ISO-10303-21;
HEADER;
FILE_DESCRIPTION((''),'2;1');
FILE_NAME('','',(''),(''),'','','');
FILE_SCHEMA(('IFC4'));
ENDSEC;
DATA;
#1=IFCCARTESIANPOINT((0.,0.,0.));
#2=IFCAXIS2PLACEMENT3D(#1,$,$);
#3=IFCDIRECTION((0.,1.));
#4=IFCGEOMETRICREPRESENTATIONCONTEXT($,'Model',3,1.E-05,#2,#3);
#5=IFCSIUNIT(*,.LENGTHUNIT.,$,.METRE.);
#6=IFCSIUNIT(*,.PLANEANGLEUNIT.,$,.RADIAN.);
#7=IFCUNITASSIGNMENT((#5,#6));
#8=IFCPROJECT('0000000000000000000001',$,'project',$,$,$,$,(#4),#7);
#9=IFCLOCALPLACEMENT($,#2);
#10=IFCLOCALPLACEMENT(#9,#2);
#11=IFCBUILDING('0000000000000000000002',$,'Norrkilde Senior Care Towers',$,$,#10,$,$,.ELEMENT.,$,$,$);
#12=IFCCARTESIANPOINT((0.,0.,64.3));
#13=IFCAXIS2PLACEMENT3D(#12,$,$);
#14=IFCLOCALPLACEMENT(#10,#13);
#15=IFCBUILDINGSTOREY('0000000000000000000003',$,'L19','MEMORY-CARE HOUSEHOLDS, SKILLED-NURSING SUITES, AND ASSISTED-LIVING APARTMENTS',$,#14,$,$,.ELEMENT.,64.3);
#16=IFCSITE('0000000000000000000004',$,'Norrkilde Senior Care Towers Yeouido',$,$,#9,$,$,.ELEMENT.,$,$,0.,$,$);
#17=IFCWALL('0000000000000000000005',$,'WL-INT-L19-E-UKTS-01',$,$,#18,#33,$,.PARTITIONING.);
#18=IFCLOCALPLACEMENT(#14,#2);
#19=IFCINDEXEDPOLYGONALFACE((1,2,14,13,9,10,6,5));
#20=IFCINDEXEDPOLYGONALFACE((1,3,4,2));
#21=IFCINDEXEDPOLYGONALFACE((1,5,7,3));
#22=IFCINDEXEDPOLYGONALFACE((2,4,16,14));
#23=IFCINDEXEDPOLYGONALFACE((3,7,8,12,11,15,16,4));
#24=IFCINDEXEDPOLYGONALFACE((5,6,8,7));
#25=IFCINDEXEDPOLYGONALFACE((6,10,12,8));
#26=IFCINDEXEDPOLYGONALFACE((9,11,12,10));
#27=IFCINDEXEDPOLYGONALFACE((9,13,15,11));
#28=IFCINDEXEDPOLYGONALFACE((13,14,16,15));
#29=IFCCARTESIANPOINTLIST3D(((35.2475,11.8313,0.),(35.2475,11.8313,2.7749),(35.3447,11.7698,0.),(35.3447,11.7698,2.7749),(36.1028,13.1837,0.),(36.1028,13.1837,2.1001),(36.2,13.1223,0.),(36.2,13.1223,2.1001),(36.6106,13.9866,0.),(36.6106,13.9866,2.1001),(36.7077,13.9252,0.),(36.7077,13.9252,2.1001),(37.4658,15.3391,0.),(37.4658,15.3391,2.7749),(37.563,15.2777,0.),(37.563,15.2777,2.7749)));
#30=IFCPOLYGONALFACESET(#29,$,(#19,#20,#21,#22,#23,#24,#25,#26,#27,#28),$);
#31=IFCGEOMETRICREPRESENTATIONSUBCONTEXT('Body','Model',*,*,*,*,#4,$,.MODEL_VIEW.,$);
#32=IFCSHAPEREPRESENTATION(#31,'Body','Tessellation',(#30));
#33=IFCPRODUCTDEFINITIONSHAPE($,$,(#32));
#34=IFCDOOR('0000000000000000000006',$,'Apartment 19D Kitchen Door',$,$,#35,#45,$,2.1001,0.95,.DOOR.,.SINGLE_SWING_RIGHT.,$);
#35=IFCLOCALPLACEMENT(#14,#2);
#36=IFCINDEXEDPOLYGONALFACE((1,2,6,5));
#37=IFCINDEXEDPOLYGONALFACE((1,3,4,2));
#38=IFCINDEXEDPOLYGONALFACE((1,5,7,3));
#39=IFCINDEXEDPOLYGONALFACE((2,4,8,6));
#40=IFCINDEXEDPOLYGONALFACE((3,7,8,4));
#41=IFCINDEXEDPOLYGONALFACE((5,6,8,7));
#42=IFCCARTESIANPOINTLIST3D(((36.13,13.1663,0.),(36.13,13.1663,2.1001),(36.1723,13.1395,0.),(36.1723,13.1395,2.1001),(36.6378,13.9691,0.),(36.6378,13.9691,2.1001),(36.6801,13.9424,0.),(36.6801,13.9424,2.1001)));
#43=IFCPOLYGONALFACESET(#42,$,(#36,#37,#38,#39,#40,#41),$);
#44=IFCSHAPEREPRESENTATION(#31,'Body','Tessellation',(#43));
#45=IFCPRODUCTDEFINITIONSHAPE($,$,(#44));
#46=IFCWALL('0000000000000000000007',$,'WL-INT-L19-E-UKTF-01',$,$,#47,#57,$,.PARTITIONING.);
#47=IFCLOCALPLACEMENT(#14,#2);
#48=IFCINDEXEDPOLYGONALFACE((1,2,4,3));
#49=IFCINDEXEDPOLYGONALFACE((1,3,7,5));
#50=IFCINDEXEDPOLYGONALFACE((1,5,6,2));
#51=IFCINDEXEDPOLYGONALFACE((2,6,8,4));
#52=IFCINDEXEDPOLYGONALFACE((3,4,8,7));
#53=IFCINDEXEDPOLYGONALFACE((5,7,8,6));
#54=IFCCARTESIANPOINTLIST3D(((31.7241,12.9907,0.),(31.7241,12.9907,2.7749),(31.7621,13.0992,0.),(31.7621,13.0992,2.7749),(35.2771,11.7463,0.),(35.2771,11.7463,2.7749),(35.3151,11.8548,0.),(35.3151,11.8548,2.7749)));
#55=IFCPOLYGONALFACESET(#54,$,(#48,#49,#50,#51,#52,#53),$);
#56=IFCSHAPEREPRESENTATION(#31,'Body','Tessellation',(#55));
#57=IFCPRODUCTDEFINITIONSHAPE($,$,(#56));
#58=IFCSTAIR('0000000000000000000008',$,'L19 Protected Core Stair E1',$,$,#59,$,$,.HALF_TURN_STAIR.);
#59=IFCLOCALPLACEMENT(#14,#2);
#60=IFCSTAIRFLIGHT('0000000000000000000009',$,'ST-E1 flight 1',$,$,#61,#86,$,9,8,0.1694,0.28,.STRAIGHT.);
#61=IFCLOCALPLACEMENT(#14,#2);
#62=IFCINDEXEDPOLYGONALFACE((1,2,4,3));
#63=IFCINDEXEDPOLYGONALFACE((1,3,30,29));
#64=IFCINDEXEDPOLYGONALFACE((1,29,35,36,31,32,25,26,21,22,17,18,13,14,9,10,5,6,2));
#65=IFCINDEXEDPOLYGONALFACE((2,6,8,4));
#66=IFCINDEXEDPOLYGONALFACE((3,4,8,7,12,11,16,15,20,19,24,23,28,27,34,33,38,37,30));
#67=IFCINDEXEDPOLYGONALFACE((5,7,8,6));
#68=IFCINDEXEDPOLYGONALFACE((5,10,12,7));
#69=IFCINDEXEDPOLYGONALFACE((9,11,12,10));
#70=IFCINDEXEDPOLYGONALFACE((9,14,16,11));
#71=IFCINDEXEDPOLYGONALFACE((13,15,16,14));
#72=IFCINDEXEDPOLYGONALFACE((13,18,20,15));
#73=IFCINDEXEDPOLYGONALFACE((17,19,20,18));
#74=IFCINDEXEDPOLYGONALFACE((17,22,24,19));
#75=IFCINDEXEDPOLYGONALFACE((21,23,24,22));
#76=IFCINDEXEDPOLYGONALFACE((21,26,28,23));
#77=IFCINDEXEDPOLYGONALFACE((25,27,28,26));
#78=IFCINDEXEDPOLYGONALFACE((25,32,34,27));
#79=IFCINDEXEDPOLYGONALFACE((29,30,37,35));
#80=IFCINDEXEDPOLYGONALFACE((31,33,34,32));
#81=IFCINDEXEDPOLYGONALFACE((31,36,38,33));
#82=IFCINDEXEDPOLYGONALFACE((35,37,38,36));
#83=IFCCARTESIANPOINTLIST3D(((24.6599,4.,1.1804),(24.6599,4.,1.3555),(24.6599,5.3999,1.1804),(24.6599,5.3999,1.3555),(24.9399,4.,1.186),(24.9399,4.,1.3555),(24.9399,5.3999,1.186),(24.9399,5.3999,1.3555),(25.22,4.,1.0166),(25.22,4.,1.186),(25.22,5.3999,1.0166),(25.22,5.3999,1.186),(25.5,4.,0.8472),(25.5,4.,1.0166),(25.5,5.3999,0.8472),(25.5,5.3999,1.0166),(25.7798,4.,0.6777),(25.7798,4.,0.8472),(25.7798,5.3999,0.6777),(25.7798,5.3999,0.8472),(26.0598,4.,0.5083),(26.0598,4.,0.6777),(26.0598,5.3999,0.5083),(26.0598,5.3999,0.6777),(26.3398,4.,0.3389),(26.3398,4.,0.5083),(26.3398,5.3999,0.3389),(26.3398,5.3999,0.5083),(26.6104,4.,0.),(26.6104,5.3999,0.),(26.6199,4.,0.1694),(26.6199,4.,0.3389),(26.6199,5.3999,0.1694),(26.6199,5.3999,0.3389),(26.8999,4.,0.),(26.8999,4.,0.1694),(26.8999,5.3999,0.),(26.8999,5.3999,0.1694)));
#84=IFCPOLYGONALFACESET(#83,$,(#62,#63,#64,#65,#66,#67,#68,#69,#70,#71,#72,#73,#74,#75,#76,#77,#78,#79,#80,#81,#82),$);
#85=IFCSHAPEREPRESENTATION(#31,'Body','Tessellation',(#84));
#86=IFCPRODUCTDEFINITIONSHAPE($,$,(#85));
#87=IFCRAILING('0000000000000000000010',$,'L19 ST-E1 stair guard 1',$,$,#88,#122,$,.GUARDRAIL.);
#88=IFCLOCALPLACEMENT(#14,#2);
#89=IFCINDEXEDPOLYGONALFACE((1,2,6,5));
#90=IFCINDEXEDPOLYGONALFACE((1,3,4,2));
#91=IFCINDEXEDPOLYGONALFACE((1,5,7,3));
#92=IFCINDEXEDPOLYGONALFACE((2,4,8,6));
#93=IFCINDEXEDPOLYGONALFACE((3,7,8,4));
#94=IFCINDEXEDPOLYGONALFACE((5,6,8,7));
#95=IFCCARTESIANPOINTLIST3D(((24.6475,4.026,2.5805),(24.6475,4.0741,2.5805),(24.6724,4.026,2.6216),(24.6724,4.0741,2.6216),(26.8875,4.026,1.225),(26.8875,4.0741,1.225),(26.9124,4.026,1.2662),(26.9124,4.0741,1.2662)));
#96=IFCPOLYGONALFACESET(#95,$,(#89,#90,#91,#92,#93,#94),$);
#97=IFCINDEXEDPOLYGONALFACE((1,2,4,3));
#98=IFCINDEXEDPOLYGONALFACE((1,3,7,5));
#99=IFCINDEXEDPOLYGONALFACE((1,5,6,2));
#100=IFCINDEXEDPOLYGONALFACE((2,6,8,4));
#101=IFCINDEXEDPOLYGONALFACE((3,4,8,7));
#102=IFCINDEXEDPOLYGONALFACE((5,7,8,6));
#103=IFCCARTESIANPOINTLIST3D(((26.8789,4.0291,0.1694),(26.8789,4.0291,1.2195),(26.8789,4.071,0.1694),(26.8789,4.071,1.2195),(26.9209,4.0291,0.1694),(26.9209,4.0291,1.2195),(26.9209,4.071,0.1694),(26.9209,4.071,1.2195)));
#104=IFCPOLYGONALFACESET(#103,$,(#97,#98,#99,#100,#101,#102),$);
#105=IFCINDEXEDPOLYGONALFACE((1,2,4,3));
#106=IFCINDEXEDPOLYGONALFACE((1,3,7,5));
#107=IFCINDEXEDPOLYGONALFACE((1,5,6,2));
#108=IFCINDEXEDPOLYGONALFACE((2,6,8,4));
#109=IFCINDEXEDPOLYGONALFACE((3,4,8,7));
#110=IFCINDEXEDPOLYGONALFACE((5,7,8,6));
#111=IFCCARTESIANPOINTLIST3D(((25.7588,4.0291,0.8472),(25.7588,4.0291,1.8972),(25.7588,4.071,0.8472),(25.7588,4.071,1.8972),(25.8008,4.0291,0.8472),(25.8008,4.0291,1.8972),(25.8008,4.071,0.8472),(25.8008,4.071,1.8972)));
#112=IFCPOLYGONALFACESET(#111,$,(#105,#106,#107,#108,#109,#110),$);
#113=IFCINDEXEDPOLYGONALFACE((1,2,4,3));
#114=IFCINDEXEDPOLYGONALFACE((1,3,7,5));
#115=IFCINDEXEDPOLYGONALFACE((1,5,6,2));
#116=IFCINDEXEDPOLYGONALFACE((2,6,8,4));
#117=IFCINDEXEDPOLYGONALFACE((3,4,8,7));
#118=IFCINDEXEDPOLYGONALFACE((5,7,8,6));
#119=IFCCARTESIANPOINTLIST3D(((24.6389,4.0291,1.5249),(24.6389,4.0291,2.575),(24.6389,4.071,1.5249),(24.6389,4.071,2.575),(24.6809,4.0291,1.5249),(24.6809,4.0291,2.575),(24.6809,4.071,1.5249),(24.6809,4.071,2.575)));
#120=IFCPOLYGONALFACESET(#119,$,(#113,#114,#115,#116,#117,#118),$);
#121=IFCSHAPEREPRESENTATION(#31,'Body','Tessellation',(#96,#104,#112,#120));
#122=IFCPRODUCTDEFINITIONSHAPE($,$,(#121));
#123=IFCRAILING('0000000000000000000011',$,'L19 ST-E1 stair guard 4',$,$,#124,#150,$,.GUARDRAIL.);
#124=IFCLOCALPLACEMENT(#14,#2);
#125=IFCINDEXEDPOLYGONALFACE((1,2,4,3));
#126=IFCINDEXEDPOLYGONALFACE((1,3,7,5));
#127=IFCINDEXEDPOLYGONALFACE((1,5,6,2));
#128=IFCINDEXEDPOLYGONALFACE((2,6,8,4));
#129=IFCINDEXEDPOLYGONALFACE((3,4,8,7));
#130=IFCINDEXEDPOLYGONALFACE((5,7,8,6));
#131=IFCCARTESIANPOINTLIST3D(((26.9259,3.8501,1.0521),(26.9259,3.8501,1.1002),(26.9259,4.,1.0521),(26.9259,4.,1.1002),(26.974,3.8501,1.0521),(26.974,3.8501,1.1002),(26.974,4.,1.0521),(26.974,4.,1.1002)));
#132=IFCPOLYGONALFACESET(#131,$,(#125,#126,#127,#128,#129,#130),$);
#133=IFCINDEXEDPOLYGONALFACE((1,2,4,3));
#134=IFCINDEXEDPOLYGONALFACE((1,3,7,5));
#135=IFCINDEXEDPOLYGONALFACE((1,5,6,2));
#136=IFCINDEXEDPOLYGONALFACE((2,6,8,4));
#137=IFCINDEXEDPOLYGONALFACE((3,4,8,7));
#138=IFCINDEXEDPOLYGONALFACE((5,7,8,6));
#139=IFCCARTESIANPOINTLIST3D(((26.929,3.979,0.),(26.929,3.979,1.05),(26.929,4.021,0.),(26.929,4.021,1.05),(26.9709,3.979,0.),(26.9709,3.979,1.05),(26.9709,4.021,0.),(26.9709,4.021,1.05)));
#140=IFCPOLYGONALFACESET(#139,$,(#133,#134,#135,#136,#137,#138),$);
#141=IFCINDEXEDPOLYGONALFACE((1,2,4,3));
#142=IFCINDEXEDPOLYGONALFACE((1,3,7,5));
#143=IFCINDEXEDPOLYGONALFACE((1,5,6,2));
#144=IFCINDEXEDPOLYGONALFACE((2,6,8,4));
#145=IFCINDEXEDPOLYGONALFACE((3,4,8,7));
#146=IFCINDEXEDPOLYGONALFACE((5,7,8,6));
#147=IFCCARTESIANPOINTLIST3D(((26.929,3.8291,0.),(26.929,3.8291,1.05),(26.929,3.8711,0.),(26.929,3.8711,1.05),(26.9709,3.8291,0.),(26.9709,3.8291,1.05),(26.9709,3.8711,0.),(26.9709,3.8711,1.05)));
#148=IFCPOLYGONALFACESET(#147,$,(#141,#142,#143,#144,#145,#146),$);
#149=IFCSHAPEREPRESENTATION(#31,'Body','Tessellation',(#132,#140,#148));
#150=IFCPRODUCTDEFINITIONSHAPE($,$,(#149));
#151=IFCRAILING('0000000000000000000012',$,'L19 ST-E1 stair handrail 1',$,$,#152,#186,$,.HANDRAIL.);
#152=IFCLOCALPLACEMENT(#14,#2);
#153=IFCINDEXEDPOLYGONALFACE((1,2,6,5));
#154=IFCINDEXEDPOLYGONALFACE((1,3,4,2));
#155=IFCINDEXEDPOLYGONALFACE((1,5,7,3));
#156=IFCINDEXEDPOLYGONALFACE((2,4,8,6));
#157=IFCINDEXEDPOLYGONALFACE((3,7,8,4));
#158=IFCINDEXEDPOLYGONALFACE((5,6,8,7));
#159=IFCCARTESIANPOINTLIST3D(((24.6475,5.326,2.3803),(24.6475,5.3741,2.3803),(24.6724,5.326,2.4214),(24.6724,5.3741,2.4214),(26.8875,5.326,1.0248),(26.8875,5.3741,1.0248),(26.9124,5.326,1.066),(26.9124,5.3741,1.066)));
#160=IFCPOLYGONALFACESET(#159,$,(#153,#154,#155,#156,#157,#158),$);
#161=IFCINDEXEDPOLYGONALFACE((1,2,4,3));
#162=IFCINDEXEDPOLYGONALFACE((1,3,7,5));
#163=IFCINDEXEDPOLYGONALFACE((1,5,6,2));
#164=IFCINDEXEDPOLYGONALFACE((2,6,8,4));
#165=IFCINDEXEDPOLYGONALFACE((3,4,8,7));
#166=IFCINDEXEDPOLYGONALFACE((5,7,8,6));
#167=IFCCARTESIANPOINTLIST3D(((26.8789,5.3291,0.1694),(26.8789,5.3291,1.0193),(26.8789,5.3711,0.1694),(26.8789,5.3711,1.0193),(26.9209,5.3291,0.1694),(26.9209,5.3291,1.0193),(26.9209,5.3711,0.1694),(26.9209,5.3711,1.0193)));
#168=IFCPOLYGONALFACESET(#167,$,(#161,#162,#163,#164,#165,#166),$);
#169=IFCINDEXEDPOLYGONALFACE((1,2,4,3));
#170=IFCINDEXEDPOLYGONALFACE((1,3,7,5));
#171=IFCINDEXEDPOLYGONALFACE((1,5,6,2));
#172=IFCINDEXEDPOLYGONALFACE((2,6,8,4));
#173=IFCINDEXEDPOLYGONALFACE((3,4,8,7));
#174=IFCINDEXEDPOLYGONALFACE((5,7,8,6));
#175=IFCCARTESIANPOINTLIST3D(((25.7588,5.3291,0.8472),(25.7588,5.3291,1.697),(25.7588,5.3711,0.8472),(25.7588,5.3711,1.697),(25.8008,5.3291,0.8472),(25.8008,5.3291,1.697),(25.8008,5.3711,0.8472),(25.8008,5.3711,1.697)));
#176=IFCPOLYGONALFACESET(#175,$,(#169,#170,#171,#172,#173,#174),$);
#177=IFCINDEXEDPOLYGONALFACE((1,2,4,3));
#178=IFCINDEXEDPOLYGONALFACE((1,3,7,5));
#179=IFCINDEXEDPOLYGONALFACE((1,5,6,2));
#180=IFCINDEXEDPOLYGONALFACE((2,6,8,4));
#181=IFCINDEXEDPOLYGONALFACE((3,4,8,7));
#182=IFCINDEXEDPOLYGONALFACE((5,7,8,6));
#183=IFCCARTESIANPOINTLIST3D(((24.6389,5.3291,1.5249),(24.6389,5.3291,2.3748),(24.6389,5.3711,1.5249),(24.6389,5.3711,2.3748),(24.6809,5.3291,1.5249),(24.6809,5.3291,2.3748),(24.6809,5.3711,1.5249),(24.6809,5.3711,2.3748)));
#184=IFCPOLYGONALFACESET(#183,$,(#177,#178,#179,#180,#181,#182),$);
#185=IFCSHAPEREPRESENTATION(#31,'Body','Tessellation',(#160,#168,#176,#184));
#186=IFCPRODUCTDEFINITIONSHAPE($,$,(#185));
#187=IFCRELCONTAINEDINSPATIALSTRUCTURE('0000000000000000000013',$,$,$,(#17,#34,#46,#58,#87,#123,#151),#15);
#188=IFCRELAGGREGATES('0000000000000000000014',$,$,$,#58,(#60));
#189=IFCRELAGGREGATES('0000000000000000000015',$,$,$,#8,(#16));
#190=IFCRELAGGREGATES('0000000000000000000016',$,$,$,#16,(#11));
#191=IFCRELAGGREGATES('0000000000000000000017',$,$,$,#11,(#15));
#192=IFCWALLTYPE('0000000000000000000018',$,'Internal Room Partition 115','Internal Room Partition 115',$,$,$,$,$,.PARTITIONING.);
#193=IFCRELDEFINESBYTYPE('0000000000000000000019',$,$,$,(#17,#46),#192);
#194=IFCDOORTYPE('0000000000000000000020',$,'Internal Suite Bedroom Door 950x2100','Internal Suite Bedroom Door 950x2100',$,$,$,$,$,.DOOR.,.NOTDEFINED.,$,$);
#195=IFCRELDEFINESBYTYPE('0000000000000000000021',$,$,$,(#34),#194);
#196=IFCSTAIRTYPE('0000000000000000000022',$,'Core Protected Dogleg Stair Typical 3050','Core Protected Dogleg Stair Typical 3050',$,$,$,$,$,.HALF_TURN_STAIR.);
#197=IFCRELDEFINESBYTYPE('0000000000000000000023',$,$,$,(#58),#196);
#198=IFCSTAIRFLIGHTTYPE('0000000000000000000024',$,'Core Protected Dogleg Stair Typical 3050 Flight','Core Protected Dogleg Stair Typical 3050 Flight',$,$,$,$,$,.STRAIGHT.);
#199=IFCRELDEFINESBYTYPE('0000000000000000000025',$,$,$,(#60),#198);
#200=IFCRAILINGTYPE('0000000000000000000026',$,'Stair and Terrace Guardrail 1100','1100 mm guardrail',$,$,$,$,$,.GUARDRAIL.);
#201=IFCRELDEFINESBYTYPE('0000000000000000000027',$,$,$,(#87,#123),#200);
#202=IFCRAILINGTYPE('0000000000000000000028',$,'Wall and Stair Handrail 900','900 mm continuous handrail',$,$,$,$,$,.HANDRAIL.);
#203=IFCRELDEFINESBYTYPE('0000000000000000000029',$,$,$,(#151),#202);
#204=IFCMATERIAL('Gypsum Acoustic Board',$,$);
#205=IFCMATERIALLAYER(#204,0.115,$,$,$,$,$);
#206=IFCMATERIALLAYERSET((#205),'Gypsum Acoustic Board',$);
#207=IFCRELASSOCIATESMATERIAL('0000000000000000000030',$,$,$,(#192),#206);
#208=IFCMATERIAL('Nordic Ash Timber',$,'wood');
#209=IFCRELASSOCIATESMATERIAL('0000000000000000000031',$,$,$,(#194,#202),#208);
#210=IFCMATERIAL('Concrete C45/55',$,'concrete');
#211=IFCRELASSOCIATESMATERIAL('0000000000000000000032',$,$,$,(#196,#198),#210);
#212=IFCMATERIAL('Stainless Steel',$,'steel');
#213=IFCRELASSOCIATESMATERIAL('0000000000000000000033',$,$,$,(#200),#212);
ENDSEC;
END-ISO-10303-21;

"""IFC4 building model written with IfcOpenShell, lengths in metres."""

from ifc_helpers import new_model, si_unit, direction, frame, frame_2d, origin, origin_2d, place, context, subcontext, project, spatial, polyline, rectangle, outline, extrude, source, transform, mapped, material, layer, layer_set, type_object, type_shapes, element, fill, aggregate, save


model = new_model("IFC4")

# Units and contexts
model_context = context("Model", 3, precision=1e-05, world=origin(), true_north=direction((0.0, 1.0)))
body_context = subcontext(model_context, "Body", "Model", "MODEL_VIEW")
ifc_project = project(units=[si_unit("LENGTHUNIT", "METRE"), si_unit("PLANEANGLEUNIT", "RADIAN")], contexts=[model_context])

# Site, building, storey
site_placement = place(None, origin())
site = spatial("IfcSite", under=ifc_project, at=site_placement, Name="Norrkilde Senior Care Towers Yeouido", CompositionType="ELEMENT", RefElevation=0.0)
building_placement = place(site_placement, origin())
building = spatial("IfcBuilding", under=site, at=building_placement, Name="Norrkilde Senior Care Towers", CompositionType="ELEMENT")
storey_placement = place(building_placement, frame((0.0, 0.0, 64.3)))
storey = spatial("IfcBuildingStorey", under=building, at=storey_placement, Name="L19", Description="MEMORY-CARE HOUSEHOLDS, SKILLED-NURSING SUITES, AND ASSISTED-LIVING APARTMENTS", CompositionType="ELEMENT", Elevation=64.3)

# Shared definitions
ifc_material_1 = material(Name="Concrete C45/55", Category="concrete")
ifc_material_2 = material(Name="Stainless Steel", Category="steel")

# Shared definitions
ifc_material_3 = material(Name="Gypsum Acoustic Board")
ifc_layer_1 = layer(ifc_material_3, 0.115)
ifc_layer_set_1 = layer_set([ifc_layer_1], Name="Gypsum Acoustic Board")
wall_type_1 = type_object("IfcWallType", Name="Internal Room Partition 115", Description="Internal Room Partition 115", PredefinedType="PARTITIONING", material=ifc_layer_set_1)
ifc_material_4 = material(Name="Nordic Ash Timber", Category="wood")
door_type_1 = type_object("IfcDoorType", Name="Internal Suite Bedroom Door 950x2100", Description="Internal Suite Bedroom Door 950x2100", OperationType="NOTDEFINED", PredefinedType="DOOR", material=ifc_material_4)
shared_shape_1 = source(origin(), body_context, "Body", "SweptSolid", [
    extrude(rectangle(XDim=0.95, YDim=2.1001, at=frame_2d((0.4751, 1.05))), frame((0.0, 0.0249, 0.0), z_axis=(0.0, -1.0, 0.0), x_axis=(1.0, 0.0, 0.0)), (0.0, 0.0, 1.0), 0.05),
])
type_shapes(door_type_1, [shared_shape_1])

# Wall, opening, door
shared_shape_2 = source(origin(), body_context, "Body", "SweptSolid", [
    extrude(rectangle(XDim=4.1504, YDim=0.115, at=frame_2d((2.0752, 0.0))), origin(), (0.0, 0.0, 1.0), 2.7749),
])
wall_1_placement = place(storey_placement, frame((35.2961, 11.8005, 0.0), z_axis=(0.0, 0.0, 1.0), x_axis=(0.534475, 0.845184, 0.0)))
wall_1 = element("IfcWall", 1, at=wall_1_placement, inside=storey, type_object=wall_type_1, Name="WL-INT-L19-E-UKTS-01", PredefinedType="PARTITIONING", context=body_context, shape_type="MappedRepresentation", body=[
    mapped(shared_shape_2, transform((0.0, 0.0, 0.0), x_axis=(1.0, 0.0, 0.0), y_axis=(0.0, 1.0, 0.0), z_axis=(0.0, 0.0, 1.0), scale=1.0)),
])
opening_1_placement = place(wall_1_placement, frame((1.6001, 0.0, 0.0)))
opening_1 = element("IfcOpeningElement", 2, at=opening_1_placement, cuts=wall_1, PredefinedType="OPENING", context=body_context, shape_type="SweptSolid", body=[
    extrude(rectangle(XDim=0.95, YDim=2.1001, at=frame_2d((0.4751, 1.05))), frame((0.0, 0.0674, 0.0), z_axis=(0.0, -1.0, 0.0), x_axis=(1.0, 0.0, 0.0)), (0.0, 0.0, 1.0), 0.135),
])
door_1_placement = place(opening_1_placement, frame((0.95, 0.0, 0.0), z_axis=(0.0, 0.0, 1.0), x_axis=(-1.0, 0.0, 0.0)))
door_1 = element("IfcDoor", 3, at=door_1_placement, inside=storey, type_object=door_type_1, Name="Apartment 19D Kitchen Door", OperationType="SINGLE_SWING_RIGHT", OverallHeight=2.1001, OverallWidth=0.95, PredefinedType="DOOR", context=body_context, shape_type="MappedRepresentation", body=[
    mapped(shared_shape_1, transform((0.0, 0.0, 0.0), x_axis=(1.0, 0.0, 0.0), y_axis=(0.0, 1.0, 0.0), z_axis=(0.0, 0.0, 1.0), scale=1.0)),
])
fill(opening_1, door_1)

# Wall
shared_shape_3 = source(origin(), body_context, "Body", "SweptSolid", [
    extrude(rectangle(XDim=3.7646, YDim=0.115, at=frame_2d((1.8823, 0.0))), origin(), (0.0, 0.0, 1.0), 2.7749),
])
wall_2_placement = place(storey_placement, frame((35.2961, 11.8005, 0.0), z_axis=(0.0, 0.0, 1.0), x_axis=(-0.943789, 0.33055, 0.0)))
element("IfcWall", 4, at=wall_2_placement, inside=storey, type_object=wall_type_1, Name="WL-INT-L19-E-UKTF-01", PredefinedType="PARTITIONING", context=body_context, shape_type="MappedRepresentation", body=[
    mapped(shared_shape_3, transform((0.0, 0.0, 0.0), x_axis=(1.0, 0.0, 0.0), y_axis=(0.0, 1.0, 0.0), z_axis=(0.0, 0.0, 1.0), scale=1.0)),
])

# Stair, stair flight
stair_type = type_object("IfcStairType", Name="Core Protected Dogleg Stair Typical 3050", Description="Core Protected Dogleg Stair Typical 3050", PredefinedType="HALF_TURN_STAIR", material=ifc_material_1)
stair_placement = place(storey_placement, origin())
stair = element("IfcStair", 5, at=stair_placement, inside=storey, type_object=stair_type, Name="L19 Protected Core Stair E1", PredefinedType="HALF_TURN_STAIR")
stair_flight_type = type_object("IfcStairFlightType", Name="Core Protected Dogleg Stair Typical 3050 Flight", Description="Core Protected Dogleg Stair Typical 3050 Flight", PredefinedType="STRAIGHT", material=ifc_material_1)
stair_flight_placement = place(storey_placement, frame((26.8999, 4.7, 0.0), z_axis=(0.0, 0.0, 1.0), x_axis=(-1.0, 0.0, 0.0)))
stair_flight = element("IfcStairFlight", 6, at=stair_flight_placement, type_object=stair_flight_type, Name="ST-E1 flight 1", NumberOfRisers=9, NumberOfTreads=8, PredefinedType="STRAIGHT", RiserHeight=0.1694, TreadLength=0.28, context=body_context, shape_type="SweptSolid", body=[
    extrude(outline(polyline([(0.0, 0.0), (0.0, 0.1694), (0.28, 0.1694), (0.28, 0.3389), (0.5601, 0.3389), (0.5601, 0.5083), (0.8401, 0.5083), (0.8401, 0.6777), (1.1201, 0.6777), (1.1201, 0.8472), (1.3999, 0.8472), (1.3999, 1.0166), (1.6799, 1.0166), (1.6799, 1.186), (1.96, 1.186), (1.96, 1.3555), (2.24, 1.3555), (2.24, 1.5249), (2.24, 1.1804), (0.2896, 0.0), (0.0, 0.0)])), frame((0.0, 0.7, 0.0), z_axis=(0.0, -1.0, 0.0), x_axis=(1.0, 0.0, 0.0)), (0.0, 0.0, 1.0), 1.3999),
])
aggregate(stair, [stair_flight])

# Railings
railing_type_1 = type_object("IfcRailingType", Name="Stair and Terrace Guardrail 1100", Description="1100 mm guardrail", PredefinedType="GUARDRAIL", material=ifc_material_2)
railing_1_placement = place(storey_placement, frame((26.8999, 4.05, 0.1694)))
element("IfcRailing", 7, at=railing_1_placement, inside=storey, type_object=railing_type_1, Name="L19 ST-E1 stair guard 1", PredefinedType="GUARDRAIL", context=body_context, shape_type="SweptSolid", body=[
    extrude(rectangle(XDim=0.0481, YDim=0.0481, at=origin_2d()), frame((0.0, 0.0, 1.0762), z_axis=(-0.855553, 0.0, 0.517715), x_axis=(0.0, -1.0, 0.0)), (0.0, 0.0, 1.0), 2.6182),
    extrude(rectangle(XDim=0.042, YDim=0.042, at=origin_2d()), origin(), (0.0, 0.0, 1.0), 1.05),
    extrude(rectangle(XDim=0.042, YDim=0.042, at=origin_2d()), frame((-1.1201, 0.0, 0.6777)), (0.0, 0.0, 1.0), 1.05),
    extrude(rectangle(XDim=0.042, YDim=0.042, at=origin_2d()), frame((-2.24, 0.0, 1.3555)), (0.0, 0.0, 1.0), 1.05),
])
railing_2_placement = place(storey_placement, frame((26.95, 4.0, 0.0)))
element("IfcRailing", 8, at=railing_2_placement, inside=storey, type_object=railing_type_1, Name="L19 ST-E1 stair guard 4", PredefinedType="GUARDRAIL", context=body_context, shape_type="SweptSolid", body=[
    extrude(rectangle(XDim=0.0481, YDim=0.0481, at=origin_2d()), frame((0.0, 0.0, 1.0762), z_axis=(0.0, -1.0, 0.0), x_axis=(1.0, 0.0, 0.0)), (0.0, 0.0, 1.0), 0.1499),
    extrude(rectangle(XDim=0.042, YDim=0.042, at=origin_2d()), origin(), (0.0, 0.0, 1.0), 1.05),
    extrude(rectangle(XDim=0.042, YDim=0.042, at=origin_2d()), frame((0.0, -0.1499, 0.0)), (0.0, 0.0, 1.0), 1.05),
])
railing_type_2 = type_object("IfcRailingType", Name="Wall and Stair Handrail 900", Description="900 mm continuous handrail", PredefinedType="HANDRAIL", material=ifc_material_4)
railing_3_placement = place(storey_placement, frame((26.8999, 5.3501, 0.1694)))
element("IfcRailing", 9, at=railing_3_placement, inside=storey, type_object=railing_type_2, Name="L19 ST-E1 stair handrail 1", PredefinedType="HANDRAIL", context=body_context, shape_type="SweptSolid", body=[
    extrude(rectangle(XDim=0.0481, YDim=0.0481, at=origin_2d()), frame((0.0, 0.0, 0.876), z_axis=(-0.855553, 0.0, 0.517715), x_axis=(0.0, -1.0, 0.0)), (0.0, 0.0, 1.0), 2.6182),
    extrude(rectangle(XDim=0.042, YDim=0.042, at=origin_2d()), origin(), (0.0, 0.0, 1.0), 0.8499),
    extrude(rectangle(XDim=0.042, YDim=0.042, at=origin_2d()), frame((-1.1201, 0.0, 0.6777)), (0.0, 0.0, 1.0), 0.8499),
    extrude(rectangle(XDim=0.042, YDim=0.042, at=origin_2d()), frame((-2.24, 0.0, 1.3555)), (0.0, 0.0, 1.0), 0.8499),
])

save(model, "model.ifc")
